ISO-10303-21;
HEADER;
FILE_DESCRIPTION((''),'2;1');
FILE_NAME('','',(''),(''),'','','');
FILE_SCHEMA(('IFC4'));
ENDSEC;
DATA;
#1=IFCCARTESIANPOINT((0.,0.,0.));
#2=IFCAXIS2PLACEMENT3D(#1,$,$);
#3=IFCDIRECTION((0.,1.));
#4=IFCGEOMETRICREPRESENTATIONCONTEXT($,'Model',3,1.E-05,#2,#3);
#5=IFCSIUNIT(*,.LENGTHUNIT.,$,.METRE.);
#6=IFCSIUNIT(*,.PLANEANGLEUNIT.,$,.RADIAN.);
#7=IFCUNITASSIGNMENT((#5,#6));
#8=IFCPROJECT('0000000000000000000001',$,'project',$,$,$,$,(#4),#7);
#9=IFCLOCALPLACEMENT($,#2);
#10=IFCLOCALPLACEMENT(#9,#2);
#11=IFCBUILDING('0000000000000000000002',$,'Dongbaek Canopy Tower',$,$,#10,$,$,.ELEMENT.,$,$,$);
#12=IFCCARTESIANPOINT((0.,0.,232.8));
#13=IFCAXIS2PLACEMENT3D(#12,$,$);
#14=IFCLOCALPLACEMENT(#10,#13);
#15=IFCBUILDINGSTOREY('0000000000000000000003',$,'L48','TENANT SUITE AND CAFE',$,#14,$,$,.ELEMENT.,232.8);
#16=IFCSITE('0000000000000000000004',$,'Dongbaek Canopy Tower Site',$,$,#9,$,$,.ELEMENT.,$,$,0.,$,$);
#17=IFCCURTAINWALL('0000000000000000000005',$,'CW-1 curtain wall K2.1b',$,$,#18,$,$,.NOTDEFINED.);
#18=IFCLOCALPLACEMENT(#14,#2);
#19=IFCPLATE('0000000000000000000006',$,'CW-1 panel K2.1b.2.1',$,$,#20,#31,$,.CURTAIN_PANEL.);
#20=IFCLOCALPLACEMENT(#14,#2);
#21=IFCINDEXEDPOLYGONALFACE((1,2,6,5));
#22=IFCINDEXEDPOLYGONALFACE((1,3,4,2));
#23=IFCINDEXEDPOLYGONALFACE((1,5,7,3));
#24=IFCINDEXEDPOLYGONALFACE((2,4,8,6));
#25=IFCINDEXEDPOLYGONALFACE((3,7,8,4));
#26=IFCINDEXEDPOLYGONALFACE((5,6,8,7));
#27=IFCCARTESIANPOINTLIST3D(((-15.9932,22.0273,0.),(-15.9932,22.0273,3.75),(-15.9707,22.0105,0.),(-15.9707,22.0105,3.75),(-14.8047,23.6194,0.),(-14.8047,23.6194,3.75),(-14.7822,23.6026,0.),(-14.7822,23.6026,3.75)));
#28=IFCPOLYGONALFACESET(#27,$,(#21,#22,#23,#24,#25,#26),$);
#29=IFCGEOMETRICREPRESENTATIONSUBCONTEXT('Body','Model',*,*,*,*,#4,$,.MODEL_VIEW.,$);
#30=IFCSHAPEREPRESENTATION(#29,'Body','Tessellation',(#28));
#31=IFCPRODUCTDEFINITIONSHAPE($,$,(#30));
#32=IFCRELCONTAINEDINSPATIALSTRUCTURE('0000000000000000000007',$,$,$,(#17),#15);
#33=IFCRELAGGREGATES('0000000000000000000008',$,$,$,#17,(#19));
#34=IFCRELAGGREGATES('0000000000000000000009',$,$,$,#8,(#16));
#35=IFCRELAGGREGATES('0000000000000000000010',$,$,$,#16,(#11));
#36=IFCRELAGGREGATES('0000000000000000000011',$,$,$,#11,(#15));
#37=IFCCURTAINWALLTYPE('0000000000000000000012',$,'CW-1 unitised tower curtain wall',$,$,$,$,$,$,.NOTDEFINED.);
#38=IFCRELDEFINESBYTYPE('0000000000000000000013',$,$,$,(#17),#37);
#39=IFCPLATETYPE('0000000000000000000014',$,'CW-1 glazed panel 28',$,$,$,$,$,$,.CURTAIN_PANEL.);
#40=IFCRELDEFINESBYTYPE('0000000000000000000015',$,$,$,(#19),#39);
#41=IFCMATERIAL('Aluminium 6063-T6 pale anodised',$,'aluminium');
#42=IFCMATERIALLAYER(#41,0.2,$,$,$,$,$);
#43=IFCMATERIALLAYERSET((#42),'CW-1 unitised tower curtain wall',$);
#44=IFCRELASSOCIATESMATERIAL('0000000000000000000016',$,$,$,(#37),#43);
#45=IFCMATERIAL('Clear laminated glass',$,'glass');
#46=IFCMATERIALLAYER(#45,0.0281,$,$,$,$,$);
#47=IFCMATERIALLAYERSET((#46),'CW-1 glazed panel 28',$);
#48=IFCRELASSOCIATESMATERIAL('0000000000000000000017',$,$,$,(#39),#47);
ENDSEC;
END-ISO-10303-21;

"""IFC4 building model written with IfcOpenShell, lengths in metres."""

from ifc_helpers import new_model, si_unit, direction, frame, origin, origin_2d, place, context, subcontext, project, spatial, rectangle, extrude, material, layer, layer_set, type_object, element, aggregate, save


model = new_model("IFC4")

# Units and contexts
model_context = context("Model", 3, precision=1e-05, world=origin(), true_north=direction((0.0, 1.0)))
body_context = subcontext(model_context, "Body", "Model", "MODEL_VIEW")
ifc_project = project(units=[si_unit("LENGTHUNIT", "METRE"), si_unit("PLANEANGLEUNIT", "RADIAN")], contexts=[model_context])

# Site, building, storey
site_placement = place(None, origin())
site = spatial("IfcSite", under=ifc_project, at=site_placement, Name="Dongbaek Canopy Tower Site", CompositionType="ELEMENT", RefElevation=0.0)
building_placement = place(site_placement, origin())
building = spatial("IfcBuilding", under=site, at=building_placement, Name="Dongbaek Canopy Tower", CompositionType="ELEMENT")
storey_placement = place(building_placement, frame((0.0, 0.0, 232.8)))
storey = spatial("IfcBuildingStorey", under=building, at=storey_placement, Name="L48", Description="TENANT SUITE AND CAFE", CompositionType="ELEMENT", Elevation=232.8)

# Curtain wall
ifc_material_1 = material(Name="Aluminium 6063-T6 pale anodised", Category="aluminium")
ifc_layer_1 = layer(ifc_material_1, 0.2)
ifc_layer_set_1 = layer_set([ifc_layer_1], Name="CW-1 unitised tower curtain wall")
curtain_wall_type = type_object("IfcCurtainWallType", Name="CW-1 unitised tower curtain wall", PredefinedType="NOTDEFINED", material=ifc_layer_set_1)
curtain_wall_placement = place(storey_placement, origin())
curtain_wall = element("IfcCurtainWall", 1, at=curtain_wall_placement, inside=storey, type_object=curtain_wall_type, Name="CW-1 curtain wall K2.1b", PredefinedType="NOTDEFINED")

# Plate
ifc_material_2 = material(Name="Clear laminated glass", Category="glass")
ifc_layer_2 = layer(ifc_material_2, 0.0281)
ifc_layer_set_2 = layer_set([ifc_layer_2], Name="CW-1 glazed panel 28")
plate_type = type_object("IfcPlateType", Name="CW-1 glazed panel 28", PredefinedType="CURTAIN_PANEL", material=ifc_layer_set_2)
plate_1_placement = place(storey_placement, frame((-15.3877, 22.8149, 0.0), z_axis=(0.0, 0.0, 1.0), x_axis=(-0.598174, -0.801366, 0.0)))
plate_1 = element("IfcPlate", 2, at=plate_1_placement, type_object=plate_type, Name="CW-1 panel K2.1b.2.1", PredefinedType="CURTAIN_PANEL", context=body_context, shape_type="SweptSolid", body=[
    extrude(rectangle(XDim=1.9868, YDim=0.0281, at=origin_2d()), origin(), (0.0, 0.0, 1.0), 3.75),
])
aggregate(curtain_wall, [plate_1])

save(model, "model.ifc")
